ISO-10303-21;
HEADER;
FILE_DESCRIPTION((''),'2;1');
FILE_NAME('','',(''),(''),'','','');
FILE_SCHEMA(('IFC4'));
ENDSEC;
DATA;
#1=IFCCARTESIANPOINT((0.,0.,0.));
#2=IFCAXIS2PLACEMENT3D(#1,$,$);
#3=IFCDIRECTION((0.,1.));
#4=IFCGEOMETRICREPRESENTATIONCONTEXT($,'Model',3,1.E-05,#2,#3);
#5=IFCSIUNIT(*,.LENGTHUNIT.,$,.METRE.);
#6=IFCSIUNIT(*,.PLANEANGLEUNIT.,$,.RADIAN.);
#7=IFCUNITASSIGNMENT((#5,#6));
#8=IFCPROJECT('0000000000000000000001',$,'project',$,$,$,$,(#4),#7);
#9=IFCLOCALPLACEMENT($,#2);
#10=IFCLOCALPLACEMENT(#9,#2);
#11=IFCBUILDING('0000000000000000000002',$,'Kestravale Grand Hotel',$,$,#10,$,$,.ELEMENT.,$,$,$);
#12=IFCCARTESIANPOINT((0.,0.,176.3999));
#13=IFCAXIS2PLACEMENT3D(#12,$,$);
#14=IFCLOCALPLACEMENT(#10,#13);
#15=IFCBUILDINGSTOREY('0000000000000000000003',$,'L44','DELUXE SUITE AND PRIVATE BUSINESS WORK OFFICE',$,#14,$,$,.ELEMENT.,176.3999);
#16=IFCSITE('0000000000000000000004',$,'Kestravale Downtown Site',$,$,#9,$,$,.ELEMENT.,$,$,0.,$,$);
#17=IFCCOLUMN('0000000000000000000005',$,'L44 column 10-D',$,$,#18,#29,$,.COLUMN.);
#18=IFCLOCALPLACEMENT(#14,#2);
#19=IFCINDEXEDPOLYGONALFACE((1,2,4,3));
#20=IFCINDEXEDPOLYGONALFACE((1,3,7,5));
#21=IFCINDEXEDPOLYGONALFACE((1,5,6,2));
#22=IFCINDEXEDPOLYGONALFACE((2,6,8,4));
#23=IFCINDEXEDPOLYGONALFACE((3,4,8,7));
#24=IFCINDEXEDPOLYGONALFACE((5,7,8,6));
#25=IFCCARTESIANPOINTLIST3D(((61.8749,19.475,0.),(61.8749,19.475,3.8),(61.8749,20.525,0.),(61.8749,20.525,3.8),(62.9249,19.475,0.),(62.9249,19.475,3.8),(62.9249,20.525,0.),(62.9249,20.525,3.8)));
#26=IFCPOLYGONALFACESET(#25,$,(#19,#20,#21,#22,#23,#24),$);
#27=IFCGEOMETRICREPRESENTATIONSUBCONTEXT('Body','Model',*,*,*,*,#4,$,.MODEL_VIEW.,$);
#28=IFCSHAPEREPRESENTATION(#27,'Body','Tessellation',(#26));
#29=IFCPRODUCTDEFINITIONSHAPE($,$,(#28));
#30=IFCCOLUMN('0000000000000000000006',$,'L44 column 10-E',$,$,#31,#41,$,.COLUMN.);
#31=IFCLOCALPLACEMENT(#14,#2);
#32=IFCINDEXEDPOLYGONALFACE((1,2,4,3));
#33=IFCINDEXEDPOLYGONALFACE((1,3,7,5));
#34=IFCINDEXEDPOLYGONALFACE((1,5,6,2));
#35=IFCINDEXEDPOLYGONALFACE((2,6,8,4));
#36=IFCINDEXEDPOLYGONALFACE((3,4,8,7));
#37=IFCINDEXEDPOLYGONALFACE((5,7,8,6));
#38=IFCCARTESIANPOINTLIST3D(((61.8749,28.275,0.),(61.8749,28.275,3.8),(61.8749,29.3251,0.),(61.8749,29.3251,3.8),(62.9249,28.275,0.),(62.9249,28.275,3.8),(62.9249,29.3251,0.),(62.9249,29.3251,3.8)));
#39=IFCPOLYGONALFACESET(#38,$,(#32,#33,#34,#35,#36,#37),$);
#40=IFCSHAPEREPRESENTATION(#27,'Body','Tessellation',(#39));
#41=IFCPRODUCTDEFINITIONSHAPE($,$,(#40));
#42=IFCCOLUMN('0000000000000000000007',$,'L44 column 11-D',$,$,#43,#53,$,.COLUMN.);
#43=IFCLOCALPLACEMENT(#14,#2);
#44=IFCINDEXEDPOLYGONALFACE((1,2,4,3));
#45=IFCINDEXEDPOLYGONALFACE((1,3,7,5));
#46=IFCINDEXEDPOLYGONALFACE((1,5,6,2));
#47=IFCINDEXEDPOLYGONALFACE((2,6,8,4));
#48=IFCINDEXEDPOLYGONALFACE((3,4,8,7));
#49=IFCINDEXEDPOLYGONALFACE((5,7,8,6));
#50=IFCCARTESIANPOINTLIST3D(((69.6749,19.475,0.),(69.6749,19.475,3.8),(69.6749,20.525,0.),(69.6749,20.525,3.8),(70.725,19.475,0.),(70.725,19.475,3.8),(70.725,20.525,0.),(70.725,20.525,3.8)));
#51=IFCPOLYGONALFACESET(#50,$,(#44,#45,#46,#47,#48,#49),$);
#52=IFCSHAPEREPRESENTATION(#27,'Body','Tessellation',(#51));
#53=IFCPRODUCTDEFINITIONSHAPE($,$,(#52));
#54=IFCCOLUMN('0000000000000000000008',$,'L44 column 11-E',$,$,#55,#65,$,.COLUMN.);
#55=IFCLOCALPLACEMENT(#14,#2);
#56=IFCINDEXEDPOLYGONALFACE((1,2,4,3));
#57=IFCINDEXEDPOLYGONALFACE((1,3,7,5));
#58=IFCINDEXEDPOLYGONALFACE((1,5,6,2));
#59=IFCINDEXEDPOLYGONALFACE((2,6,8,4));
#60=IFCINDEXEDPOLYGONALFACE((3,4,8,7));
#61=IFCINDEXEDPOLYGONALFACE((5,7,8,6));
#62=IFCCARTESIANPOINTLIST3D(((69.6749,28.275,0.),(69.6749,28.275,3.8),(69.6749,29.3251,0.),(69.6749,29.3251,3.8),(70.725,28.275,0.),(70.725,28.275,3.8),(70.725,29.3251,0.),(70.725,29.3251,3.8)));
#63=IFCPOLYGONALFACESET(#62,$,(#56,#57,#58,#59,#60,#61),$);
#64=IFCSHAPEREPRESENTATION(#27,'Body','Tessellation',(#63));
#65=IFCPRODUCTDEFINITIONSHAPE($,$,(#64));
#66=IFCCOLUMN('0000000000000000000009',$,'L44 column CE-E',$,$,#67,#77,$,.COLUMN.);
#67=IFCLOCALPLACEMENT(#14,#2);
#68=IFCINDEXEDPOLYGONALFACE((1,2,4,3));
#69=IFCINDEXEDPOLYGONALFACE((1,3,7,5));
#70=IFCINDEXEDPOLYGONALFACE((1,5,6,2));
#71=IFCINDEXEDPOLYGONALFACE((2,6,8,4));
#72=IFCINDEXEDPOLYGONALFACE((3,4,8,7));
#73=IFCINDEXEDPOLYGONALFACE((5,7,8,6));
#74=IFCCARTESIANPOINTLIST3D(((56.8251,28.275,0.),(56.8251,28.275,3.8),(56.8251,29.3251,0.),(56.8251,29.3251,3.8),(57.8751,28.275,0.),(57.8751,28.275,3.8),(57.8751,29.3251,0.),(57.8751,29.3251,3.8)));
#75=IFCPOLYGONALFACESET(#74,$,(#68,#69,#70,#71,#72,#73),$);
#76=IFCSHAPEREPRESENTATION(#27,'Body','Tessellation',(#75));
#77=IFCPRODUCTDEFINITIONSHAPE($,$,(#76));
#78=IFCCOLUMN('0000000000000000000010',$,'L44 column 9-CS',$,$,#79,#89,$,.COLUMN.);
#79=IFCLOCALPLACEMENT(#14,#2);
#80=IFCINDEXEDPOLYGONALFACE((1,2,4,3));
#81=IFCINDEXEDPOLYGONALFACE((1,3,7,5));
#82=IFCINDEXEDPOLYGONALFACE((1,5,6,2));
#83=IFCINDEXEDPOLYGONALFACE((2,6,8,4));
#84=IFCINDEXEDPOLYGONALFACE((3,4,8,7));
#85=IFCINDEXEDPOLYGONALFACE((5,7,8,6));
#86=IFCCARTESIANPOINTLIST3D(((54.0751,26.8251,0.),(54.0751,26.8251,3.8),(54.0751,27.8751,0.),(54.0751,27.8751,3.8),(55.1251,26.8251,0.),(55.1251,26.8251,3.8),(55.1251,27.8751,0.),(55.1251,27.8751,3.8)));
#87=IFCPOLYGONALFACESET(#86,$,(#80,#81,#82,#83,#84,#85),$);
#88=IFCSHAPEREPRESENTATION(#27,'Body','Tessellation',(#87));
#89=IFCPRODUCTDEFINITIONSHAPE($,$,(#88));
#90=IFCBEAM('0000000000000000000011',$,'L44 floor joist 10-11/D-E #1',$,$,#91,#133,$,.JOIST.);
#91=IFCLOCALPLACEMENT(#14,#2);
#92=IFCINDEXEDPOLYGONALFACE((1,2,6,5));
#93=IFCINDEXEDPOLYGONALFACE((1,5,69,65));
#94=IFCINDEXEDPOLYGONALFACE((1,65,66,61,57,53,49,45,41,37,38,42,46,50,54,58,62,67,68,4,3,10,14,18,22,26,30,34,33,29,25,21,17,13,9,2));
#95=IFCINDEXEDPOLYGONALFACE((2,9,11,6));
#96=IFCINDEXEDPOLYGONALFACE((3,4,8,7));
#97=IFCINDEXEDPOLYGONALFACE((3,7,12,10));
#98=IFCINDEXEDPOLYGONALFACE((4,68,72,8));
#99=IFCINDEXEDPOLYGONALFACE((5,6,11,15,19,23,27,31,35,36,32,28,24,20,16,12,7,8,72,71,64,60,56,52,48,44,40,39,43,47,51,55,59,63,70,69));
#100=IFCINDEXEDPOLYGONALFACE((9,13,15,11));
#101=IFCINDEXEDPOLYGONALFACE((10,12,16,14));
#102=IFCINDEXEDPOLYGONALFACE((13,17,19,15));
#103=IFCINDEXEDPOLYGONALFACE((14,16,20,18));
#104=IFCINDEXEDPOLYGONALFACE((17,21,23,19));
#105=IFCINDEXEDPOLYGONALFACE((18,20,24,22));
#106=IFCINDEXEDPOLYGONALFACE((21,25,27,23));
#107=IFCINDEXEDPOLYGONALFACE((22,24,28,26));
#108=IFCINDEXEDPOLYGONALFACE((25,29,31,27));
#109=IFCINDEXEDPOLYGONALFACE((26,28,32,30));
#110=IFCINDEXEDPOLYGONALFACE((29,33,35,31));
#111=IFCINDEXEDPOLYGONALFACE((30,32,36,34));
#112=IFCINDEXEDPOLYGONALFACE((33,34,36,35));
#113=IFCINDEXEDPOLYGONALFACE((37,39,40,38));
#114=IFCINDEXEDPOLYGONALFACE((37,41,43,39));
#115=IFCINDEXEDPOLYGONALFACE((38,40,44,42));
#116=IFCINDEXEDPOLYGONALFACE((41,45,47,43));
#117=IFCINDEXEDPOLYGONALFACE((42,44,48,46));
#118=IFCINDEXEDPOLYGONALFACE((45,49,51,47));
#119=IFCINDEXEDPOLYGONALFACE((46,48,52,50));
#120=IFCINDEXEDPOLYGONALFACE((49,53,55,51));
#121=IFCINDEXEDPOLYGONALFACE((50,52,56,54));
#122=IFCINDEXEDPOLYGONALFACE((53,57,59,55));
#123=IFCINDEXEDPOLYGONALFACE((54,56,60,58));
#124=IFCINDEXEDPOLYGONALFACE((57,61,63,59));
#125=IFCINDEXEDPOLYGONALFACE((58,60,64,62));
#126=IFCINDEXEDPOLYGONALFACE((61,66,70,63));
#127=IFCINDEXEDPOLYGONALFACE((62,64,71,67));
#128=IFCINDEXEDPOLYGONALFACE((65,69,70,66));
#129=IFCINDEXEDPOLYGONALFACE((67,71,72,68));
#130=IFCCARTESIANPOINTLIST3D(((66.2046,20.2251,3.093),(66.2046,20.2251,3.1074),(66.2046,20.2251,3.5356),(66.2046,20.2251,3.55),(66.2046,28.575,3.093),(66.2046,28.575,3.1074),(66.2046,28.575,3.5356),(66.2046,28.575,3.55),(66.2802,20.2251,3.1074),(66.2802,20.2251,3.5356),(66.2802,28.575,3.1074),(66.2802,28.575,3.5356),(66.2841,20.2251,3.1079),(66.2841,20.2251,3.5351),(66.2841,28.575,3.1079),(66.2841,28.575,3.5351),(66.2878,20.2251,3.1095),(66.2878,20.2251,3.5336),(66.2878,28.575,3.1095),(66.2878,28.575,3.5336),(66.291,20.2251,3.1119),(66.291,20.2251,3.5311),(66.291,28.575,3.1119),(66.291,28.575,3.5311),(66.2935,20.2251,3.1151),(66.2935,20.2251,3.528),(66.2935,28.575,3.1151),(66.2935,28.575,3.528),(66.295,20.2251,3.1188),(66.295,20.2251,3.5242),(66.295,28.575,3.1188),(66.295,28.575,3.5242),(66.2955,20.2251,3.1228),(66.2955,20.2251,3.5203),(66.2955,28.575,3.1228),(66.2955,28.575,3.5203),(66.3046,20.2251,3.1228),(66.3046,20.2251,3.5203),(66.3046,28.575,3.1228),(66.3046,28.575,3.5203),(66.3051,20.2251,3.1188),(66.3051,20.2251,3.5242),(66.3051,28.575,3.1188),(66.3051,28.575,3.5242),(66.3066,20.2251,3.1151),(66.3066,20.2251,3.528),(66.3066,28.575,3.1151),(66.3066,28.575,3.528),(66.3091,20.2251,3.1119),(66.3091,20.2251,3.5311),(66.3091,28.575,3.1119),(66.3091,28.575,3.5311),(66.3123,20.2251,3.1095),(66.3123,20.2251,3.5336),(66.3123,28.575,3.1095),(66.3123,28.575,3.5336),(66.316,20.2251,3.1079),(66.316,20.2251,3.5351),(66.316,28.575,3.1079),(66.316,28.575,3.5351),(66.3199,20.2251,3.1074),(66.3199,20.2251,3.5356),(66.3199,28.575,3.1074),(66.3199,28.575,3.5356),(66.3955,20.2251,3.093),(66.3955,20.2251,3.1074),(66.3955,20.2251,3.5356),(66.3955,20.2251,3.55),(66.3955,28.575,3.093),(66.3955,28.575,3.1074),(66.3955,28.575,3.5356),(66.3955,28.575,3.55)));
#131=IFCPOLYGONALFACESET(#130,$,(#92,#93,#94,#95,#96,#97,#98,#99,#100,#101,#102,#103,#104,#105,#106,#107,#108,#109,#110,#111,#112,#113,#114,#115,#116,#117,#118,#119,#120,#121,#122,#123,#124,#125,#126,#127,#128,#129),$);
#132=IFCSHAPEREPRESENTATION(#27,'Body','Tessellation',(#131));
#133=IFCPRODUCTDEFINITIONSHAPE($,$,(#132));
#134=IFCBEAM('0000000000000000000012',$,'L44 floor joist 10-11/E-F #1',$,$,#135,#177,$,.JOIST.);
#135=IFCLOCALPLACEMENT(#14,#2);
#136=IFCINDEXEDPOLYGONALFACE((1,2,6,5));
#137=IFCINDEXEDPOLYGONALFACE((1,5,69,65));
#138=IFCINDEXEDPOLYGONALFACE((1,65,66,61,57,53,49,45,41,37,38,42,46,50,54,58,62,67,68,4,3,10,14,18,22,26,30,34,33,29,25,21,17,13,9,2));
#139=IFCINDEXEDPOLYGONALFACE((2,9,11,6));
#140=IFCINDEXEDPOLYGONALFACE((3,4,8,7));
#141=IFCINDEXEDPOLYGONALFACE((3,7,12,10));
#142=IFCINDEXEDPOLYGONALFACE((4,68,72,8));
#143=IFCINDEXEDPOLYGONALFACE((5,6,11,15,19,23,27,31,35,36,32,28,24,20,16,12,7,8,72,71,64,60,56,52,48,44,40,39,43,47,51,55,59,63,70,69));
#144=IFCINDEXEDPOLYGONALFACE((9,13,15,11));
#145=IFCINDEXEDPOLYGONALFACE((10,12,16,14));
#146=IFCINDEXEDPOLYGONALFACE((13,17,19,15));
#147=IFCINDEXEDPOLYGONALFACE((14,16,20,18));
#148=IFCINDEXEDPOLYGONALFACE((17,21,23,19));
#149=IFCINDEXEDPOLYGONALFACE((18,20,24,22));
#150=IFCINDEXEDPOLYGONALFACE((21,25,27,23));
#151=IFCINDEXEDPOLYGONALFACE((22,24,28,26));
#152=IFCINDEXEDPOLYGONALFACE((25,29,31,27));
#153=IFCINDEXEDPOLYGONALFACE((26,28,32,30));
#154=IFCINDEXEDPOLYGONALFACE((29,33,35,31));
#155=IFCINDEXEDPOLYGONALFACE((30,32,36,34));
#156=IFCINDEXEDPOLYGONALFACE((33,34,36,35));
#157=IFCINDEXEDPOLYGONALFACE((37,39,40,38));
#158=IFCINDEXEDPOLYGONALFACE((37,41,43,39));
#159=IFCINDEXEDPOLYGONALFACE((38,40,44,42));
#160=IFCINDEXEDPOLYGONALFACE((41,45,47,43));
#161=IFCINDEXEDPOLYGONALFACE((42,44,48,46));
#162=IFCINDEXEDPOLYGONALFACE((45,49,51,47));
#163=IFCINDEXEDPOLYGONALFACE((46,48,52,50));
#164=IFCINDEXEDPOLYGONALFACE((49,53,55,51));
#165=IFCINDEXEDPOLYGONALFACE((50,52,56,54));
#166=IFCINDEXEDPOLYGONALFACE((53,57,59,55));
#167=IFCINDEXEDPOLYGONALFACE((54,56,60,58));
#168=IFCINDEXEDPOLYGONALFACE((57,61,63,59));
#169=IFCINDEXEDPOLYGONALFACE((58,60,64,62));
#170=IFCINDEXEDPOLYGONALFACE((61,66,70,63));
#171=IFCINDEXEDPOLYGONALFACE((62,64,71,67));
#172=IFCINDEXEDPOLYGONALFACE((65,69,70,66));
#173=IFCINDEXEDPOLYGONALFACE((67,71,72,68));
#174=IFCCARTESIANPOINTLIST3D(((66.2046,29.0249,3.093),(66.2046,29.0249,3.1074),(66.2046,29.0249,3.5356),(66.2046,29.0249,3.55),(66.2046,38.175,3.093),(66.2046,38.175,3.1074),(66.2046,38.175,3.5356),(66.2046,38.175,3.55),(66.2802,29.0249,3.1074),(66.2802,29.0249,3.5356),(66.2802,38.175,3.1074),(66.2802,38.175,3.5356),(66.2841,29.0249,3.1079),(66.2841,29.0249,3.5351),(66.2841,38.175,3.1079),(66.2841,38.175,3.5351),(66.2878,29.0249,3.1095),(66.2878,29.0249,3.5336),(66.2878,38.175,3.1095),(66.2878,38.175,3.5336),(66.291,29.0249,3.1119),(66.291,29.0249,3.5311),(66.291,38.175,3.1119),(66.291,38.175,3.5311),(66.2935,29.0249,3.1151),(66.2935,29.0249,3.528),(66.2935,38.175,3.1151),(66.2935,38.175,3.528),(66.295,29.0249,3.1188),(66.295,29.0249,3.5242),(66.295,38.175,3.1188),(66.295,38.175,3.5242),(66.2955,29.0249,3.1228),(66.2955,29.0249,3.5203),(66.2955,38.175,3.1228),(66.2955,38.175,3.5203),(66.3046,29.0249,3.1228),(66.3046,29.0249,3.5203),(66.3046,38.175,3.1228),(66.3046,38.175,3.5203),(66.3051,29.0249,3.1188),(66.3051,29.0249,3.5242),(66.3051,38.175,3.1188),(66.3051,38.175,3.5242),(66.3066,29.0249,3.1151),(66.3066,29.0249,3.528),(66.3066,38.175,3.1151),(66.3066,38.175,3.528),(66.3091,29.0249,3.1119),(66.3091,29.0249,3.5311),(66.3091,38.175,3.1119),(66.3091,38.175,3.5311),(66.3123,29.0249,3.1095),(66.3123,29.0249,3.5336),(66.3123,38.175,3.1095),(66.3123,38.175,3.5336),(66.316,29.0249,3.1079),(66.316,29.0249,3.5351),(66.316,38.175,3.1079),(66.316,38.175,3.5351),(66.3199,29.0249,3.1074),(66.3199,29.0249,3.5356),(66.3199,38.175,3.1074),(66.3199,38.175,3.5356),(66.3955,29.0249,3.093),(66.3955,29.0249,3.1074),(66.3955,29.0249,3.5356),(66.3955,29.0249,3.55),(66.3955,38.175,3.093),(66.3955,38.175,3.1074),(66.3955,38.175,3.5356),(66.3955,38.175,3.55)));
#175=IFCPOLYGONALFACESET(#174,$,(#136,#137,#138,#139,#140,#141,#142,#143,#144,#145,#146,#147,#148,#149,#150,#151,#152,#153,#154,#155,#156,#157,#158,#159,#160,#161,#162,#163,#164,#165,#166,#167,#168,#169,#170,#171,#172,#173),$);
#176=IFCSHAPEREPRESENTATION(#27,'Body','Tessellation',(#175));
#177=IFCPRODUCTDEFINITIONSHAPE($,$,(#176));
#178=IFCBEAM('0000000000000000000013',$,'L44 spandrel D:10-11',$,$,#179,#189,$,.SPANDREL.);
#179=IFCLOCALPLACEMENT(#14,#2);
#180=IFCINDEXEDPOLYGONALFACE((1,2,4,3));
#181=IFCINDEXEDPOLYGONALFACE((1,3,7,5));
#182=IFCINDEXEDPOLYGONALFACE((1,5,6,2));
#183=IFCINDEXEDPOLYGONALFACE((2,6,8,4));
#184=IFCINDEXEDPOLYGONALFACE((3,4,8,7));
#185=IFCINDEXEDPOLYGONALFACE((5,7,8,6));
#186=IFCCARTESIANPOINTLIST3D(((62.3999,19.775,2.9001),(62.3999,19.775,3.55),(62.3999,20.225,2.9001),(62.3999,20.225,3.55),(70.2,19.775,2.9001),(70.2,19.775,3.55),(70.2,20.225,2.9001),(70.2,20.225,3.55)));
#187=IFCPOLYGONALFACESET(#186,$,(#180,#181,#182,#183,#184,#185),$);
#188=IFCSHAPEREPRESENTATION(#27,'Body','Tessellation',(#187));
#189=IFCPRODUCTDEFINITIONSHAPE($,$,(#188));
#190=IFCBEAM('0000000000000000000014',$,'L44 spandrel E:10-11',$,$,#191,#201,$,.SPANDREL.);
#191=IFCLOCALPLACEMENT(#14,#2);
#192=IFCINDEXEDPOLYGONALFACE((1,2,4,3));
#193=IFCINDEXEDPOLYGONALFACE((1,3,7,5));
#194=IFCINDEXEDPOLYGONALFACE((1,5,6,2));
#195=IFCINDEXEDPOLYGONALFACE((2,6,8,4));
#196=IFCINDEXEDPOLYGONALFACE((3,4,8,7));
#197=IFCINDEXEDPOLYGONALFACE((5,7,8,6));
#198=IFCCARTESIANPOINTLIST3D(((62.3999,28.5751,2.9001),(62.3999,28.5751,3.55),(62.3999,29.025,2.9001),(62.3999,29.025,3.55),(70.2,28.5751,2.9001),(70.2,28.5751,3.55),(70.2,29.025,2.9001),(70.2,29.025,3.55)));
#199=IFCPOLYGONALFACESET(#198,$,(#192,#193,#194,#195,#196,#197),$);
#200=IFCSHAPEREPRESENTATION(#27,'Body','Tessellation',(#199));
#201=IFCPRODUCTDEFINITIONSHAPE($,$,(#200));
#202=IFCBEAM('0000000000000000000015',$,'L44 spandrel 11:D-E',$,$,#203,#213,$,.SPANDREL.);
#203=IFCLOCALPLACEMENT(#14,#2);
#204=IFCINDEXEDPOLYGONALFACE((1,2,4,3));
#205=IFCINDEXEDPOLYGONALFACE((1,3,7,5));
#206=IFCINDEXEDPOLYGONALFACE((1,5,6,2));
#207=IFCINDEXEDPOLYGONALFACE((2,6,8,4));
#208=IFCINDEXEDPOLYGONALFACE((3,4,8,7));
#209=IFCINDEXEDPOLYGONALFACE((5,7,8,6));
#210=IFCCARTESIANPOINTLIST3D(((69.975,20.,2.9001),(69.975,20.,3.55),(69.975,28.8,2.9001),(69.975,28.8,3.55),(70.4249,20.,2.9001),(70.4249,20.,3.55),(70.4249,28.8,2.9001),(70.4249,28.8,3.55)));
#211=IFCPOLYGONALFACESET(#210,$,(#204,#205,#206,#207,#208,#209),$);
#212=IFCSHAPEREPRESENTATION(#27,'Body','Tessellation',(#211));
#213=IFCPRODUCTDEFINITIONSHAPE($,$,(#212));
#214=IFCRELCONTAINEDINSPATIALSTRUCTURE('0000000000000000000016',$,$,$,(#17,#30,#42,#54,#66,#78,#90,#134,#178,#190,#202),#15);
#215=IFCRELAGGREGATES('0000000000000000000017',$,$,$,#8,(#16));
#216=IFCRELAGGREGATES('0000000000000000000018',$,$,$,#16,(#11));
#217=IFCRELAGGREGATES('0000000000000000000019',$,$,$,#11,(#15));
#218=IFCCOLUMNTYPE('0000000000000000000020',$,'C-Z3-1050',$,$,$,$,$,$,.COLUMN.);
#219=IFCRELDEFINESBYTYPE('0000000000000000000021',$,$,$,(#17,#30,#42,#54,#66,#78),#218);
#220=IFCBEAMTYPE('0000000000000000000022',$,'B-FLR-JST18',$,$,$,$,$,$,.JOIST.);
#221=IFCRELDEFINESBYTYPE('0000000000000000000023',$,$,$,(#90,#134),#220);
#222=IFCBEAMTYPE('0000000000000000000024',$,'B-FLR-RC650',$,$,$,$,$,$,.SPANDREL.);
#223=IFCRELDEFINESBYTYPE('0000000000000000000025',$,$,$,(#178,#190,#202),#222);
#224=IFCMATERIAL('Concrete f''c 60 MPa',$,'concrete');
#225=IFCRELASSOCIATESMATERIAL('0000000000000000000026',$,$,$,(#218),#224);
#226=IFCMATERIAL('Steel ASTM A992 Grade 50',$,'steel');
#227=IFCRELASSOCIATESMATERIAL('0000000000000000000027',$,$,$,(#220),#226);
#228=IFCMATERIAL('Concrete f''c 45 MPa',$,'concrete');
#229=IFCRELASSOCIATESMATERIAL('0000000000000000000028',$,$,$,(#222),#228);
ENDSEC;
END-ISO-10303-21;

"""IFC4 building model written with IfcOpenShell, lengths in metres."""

from ifc_helpers import new_model, si_unit, direction, frame, origin, origin_2d, place, context, subcontext, project, spatial, rectangle, i_section, extrude, material, material_profile, profile_set, type_object, element, save


model = new_model("IFC4")

# Units and contexts
model_context = context("Model", 3, precision=1e-05, world=origin(), true_north=direction((0.0, 1.0)))
body_context = subcontext(model_context, "Body", "Model", "MODEL_VIEW")
ifc_project = project(units=[si_unit("LENGTHUNIT", "METRE"), si_unit("PLANEANGLEUNIT", "RADIAN")], contexts=[model_context])

# Site, building, storey
site_placement = place(None, origin())
site = spatial("IfcSite", under=ifc_project, at=site_placement, Name="Kestravale Downtown Site", CompositionType="ELEMENT", RefElevation=0.0)
building_placement = place(site_placement, origin())
building = spatial("IfcBuilding", under=site, at=building_placement, Name="Kestravale Grand Hotel", CompositionType="ELEMENT")
storey_placement = place(building_placement, frame((0.0, 0.0, 176.3999)))
storey = spatial("IfcBuildingStorey", under=building, at=storey_placement, Name="L44", Description="DELUXE SUITE AND PRIVATE BUSINESS WORK OFFICE", CompositionType="ELEMENT", Elevation=176.3999)

# Columns
ifc_material_1 = material(Name="Concrete f'c 60 MPa", Category="concrete")
ifc_material_profile_1 = material_profile(ifc_material_1, rectangle(XDim=1.05, YDim=1.05, at=origin_2d()))
ifc_profile_set_1 = profile_set([ifc_material_profile_1], Name="Concrete f'c 60 MPa")
column_type = type_object("IfcColumnType", Name="C-Z3-1050", PredefinedType="COLUMN", material=ifc_profile_set_1)
for number, where, z_axis, x_axis, name in (
    (1, (62.3999, 20.0, 0.0), (0.0, 0.0, 1.0), (1.0, 0.0, 0.0), "L44 column 10-D"),
    (2, (62.3999, 28.8, 0.0), (0.0, 0.0, 1.0), (1.0, 0.0, 0.0), "L44 column 10-E"),
    (3, (70.2, 20.0, 0.0), (0.0, 0.0, 1.0), (1.0, 0.0, 0.0), "L44 column 11-D"),
    (4, (70.2, 28.8, 0.0), (0.0, 0.0, 1.0), (1.0, 0.0, 0.0), "L44 column 11-E"),
    (5, (57.3501, 28.8, 0.0), (0.0, 0.0, 1.0), (1.0, 0.0, 0.0), "L44 column CE-E"),
    (6, (54.6001, 27.3501, 0.0), (0.0, 0.0, 1.0), (1.0, 0.0, 0.0), "L44 column 9-CS"),
):
    element("IfcColumn", number, at=place(storey_placement, frame(where, z_axis=z_axis, x_axis=x_axis)), inside=storey, type_object=column_type, Name=name, PredefinedType="COLUMN", context=body_context, shape_type="SweptSolid", body=[
        extrude(rectangle(XDim=1.05, YDim=1.05, at=origin_2d()), origin(), (0.0, 0.0, 1.0), 3.8),
    ])

# Beams
ifc_material_2 = material(Name="Steel ASTM A992 Grade 50", Category="steel")
ifc_material_profile_2 = material_profile(ifc_material_2, i_section(OverallWidth=0.1909, OverallDepth=0.457, WebThickness=0.009, FlangeThickness=0.0144, FilletRadius=0.0154, at=origin_2d()))
ifc_profile_set_2 = profile_set([ifc_material_profile_2], Name="Steel ASTM A992 Grade 50")
beam_type_1 = type_object("IfcBeamType", Name="B-FLR-JST18", PredefinedType="JOIST", material=ifc_profile_set_2)
beam_1_placement = place(storey_placement, frame((66.3, 20.2251, 3.3215), z_axis=(0.0, 1.0, 0.0), x_axis=(-1.0, 0.0, 0.0)))
element("IfcBeam", 7, at=beam_1_placement, inside=storey, type_object=beam_type_1, Name="L44 floor joist 10-11/D-E #1", PredefinedType="JOIST", context=body_context, shape_type="SweptSolid", body=[
    extrude(i_section(OverallWidth=0.1909, OverallDepth=0.457, WebThickness=0.009, FlangeThickness=0.0144, FilletRadius=0.0154, at=origin_2d()), origin(), (0.0, 0.0, 1.0), 8.3499),
])
beam_2_placement = place(storey_placement, frame((66.3, 29.0249, 3.3215), z_axis=(0.0, 1.0, 0.0), x_axis=(-1.0, 0.0, 0.0)))
element("IfcBeam", 8, at=beam_2_placement, inside=storey, type_object=beam_type_1, Name="L44 floor joist 10-11/E-F #1", PredefinedType="JOIST", context=body_context, shape_type="SweptSolid", body=[
    extrude(i_section(OverallWidth=0.1909, OverallDepth=0.457, WebThickness=0.009, FlangeThickness=0.0144, FilletRadius=0.0154, at=origin_2d()), origin(), (0.0, 0.0, 1.0), 9.1501),
])
ifc_material_3 = material(Name="Concrete f'c 45 MPa", Category="concrete")
ifc_material_profile_3 = material_profile(ifc_material_3, rectangle(XDim=0.45, YDim=0.6499, at=origin_2d()))
ifc_profile_set_3 = profile_set([ifc_material_profile_3], Name="Concrete f'c 45 MPa")
beam_type_2 = type_object("IfcBeamType", Name="B-FLR-RC650", PredefinedType="SPANDREL", material=ifc_profile_set_3)
for number, where, z_axis, x_axis, name in (
    (9, (62.3999, 20.0, 3.2251), (1.0, 0.0, 0.0), (0.0, 1.0, 0.0), "L44 spandrel D:10-11"),
    (10, (62.3999, 28.8, 3.2251), (1.0, 0.0, 0.0), (0.0, 1.0, 0.0), "L44 spandrel E:10-11"),
):
    element("IfcBeam", number, at=place(storey_placement, frame(where, z_axis=z_axis, x_axis=x_axis)), inside=storey, type_object=beam_type_2, Name=name, PredefinedType="SPANDREL", context=body_context, shape_type="SweptSolid", body=[
        extrude(rectangle(XDim=0.45, YDim=0.6499, at=origin_2d()), origin(), (0.0, 0.0, 1.0), 7.8),
    ])
beam_3_placement = place(storey_placement, frame((70.2, 20.0, 3.2251), z_axis=(0.0, 1.0, 0.0), x_axis=(-1.0, 0.0, 0.0)))
element("IfcBeam", 11, at=beam_3_placement, inside=storey, type_object=beam_type_2, Name="L44 spandrel 11:D-E", PredefinedType="SPANDREL", context=body_context, shape_type="SweptSolid", body=[
    extrude(rectangle(XDim=0.45, YDim=0.6499, at=origin_2d()), origin(), (0.0, 0.0, 1.0), 8.8),
])

save(model, "model.ifc")
